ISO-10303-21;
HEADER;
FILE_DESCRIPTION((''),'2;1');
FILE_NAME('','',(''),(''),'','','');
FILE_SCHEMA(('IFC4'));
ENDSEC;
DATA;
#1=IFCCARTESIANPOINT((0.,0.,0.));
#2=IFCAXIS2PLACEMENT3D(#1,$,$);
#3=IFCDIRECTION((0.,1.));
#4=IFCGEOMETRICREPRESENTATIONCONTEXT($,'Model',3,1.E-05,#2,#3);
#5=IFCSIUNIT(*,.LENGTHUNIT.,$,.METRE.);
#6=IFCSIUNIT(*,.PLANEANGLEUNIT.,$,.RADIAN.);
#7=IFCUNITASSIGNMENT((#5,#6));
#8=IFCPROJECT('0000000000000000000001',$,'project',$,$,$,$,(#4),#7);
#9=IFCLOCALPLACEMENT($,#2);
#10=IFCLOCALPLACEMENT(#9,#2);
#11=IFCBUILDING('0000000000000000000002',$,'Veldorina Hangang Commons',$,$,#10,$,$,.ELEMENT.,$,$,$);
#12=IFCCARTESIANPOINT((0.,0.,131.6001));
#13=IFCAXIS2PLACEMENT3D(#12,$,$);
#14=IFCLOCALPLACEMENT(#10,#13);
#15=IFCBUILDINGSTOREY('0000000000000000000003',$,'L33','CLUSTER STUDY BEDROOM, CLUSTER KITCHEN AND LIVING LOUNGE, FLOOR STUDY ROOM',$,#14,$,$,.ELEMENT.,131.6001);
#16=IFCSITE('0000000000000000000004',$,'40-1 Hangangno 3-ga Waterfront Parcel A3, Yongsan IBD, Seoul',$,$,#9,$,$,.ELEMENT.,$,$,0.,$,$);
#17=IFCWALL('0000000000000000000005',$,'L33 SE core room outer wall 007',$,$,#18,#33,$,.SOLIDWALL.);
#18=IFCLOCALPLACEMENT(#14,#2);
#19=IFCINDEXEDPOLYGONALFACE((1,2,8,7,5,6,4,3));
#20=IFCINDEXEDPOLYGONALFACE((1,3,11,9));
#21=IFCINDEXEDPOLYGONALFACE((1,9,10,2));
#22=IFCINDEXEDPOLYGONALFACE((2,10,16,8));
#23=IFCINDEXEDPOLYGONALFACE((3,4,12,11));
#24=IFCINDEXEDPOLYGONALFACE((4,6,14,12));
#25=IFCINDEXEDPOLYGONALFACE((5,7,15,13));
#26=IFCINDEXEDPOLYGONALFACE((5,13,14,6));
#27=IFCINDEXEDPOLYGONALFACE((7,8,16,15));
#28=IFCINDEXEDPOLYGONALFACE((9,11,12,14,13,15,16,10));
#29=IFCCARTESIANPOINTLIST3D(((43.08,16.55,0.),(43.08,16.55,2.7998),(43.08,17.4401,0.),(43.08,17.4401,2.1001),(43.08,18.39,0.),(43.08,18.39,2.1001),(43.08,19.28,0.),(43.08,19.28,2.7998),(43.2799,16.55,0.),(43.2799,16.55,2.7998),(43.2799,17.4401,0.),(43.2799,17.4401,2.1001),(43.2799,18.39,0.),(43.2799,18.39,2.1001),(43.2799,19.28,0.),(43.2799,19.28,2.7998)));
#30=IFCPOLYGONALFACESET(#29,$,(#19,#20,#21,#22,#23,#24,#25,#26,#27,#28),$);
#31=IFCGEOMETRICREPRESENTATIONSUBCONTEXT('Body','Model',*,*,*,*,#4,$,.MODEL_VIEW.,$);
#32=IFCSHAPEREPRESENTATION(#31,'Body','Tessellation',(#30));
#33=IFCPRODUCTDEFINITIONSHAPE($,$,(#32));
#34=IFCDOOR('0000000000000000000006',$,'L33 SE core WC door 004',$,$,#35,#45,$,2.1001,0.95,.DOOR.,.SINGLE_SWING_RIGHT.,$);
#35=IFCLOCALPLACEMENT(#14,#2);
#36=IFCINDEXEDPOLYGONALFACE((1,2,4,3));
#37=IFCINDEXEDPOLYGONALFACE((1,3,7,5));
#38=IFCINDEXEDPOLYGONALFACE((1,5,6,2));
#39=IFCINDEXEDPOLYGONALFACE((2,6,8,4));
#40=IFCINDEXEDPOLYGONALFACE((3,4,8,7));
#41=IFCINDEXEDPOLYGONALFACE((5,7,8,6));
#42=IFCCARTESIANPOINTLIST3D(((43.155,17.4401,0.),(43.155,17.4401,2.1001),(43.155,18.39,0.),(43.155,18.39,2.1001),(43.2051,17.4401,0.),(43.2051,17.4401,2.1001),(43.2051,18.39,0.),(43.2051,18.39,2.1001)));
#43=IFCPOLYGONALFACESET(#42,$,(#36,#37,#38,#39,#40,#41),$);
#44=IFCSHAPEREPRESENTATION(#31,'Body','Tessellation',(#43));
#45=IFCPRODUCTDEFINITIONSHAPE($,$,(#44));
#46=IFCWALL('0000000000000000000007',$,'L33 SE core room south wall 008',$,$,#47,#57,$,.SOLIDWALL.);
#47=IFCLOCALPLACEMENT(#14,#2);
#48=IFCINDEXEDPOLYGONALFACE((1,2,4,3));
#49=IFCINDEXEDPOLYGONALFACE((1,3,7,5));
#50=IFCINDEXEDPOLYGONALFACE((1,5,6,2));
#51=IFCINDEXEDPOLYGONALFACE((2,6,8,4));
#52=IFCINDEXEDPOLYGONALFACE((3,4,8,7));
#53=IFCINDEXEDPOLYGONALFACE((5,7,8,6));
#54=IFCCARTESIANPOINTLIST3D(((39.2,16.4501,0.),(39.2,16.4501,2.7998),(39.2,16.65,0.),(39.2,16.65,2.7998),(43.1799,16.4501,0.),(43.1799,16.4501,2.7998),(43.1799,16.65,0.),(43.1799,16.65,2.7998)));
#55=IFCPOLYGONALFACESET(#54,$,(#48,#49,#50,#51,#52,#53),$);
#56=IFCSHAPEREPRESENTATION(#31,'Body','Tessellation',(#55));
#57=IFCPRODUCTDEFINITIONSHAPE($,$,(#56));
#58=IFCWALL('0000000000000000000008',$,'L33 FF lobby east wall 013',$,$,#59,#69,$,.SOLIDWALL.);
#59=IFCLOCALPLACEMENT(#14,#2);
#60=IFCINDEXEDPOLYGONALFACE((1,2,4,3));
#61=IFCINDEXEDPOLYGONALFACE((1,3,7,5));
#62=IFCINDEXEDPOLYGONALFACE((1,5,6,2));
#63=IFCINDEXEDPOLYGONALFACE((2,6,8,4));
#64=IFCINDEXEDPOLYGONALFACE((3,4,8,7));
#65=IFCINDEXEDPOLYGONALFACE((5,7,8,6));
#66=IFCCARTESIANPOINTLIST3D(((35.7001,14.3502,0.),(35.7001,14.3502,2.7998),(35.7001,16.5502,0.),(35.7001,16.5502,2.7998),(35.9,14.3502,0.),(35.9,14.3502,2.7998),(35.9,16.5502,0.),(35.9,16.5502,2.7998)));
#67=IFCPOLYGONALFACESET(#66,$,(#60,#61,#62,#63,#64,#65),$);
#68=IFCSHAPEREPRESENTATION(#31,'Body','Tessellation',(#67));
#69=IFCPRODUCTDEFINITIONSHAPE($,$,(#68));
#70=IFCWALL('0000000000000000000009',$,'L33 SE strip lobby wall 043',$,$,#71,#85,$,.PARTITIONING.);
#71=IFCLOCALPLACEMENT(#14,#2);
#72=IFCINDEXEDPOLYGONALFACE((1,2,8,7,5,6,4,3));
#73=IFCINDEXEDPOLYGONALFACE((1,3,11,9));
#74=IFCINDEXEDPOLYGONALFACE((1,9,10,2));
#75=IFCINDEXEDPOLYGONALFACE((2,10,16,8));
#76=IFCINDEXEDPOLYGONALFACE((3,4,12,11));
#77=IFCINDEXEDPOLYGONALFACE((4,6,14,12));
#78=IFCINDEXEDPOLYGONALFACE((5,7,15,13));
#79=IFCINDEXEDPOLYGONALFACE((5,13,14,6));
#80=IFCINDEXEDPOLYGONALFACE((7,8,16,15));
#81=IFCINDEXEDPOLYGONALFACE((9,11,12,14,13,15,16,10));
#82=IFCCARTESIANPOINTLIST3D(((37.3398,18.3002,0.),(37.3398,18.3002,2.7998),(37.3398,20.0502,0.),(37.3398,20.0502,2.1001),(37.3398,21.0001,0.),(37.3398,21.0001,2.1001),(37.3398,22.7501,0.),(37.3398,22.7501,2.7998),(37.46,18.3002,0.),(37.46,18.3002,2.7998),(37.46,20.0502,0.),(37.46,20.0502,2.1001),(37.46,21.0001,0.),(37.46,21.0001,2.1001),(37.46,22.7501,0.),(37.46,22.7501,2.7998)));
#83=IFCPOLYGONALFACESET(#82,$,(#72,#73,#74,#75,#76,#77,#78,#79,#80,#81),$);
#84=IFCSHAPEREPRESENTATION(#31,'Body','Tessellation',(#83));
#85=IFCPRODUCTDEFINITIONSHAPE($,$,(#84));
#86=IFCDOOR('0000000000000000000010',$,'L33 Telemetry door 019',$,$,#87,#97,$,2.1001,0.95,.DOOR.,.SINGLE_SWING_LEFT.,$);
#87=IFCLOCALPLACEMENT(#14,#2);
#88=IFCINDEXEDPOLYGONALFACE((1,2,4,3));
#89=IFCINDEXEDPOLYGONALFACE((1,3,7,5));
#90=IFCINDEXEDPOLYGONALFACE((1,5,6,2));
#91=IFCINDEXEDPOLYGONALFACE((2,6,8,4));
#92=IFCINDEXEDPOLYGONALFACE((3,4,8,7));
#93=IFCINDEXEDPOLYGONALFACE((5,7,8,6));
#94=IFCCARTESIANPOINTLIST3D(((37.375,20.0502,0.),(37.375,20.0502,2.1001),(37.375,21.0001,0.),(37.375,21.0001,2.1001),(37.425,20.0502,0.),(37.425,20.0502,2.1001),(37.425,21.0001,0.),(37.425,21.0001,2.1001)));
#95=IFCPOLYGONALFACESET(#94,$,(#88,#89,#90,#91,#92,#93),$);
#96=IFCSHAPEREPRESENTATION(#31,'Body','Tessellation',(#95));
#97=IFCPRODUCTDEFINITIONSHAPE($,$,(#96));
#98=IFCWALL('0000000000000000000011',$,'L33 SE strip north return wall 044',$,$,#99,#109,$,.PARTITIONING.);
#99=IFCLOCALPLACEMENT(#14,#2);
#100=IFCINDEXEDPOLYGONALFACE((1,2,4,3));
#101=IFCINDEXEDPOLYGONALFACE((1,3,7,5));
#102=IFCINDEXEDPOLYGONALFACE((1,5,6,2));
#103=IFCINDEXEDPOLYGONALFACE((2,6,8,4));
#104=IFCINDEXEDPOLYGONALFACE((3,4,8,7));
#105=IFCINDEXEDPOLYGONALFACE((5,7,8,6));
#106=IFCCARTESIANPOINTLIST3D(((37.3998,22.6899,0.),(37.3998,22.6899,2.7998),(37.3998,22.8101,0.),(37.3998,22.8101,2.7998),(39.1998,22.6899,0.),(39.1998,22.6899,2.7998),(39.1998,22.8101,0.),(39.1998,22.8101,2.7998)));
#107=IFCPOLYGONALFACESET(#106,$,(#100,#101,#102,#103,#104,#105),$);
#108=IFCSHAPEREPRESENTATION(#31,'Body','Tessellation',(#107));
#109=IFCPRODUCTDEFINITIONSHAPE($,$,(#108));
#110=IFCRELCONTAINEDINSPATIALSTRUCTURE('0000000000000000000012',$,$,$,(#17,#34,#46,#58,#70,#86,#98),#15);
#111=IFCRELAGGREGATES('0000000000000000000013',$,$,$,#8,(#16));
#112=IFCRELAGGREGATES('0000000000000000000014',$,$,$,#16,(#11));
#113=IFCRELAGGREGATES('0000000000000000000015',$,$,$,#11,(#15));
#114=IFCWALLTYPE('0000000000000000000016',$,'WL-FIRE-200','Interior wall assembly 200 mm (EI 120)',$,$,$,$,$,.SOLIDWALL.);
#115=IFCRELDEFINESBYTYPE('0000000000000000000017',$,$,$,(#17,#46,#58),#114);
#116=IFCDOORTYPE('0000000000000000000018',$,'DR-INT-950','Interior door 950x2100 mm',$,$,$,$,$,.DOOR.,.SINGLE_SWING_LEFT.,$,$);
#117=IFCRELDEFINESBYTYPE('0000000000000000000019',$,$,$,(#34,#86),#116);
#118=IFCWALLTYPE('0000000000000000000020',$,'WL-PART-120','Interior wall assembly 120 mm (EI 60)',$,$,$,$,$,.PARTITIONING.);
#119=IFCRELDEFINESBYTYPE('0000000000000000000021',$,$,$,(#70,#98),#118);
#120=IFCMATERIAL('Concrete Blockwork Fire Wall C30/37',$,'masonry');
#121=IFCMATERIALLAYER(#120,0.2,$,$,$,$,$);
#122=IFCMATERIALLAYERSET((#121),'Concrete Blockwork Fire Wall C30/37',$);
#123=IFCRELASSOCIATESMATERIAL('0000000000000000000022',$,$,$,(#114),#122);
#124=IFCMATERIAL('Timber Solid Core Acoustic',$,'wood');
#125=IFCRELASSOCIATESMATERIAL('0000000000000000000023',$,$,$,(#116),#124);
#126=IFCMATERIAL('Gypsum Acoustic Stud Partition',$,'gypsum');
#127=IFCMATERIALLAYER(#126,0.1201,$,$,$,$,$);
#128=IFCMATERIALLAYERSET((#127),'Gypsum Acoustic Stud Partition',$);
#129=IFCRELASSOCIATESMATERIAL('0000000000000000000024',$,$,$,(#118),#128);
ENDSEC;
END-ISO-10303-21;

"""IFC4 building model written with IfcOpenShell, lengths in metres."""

from ifc_helpers import new_model, si_unit, direction, frame, frame_2d, origin, place, context, subcontext, project, spatial, rectangle, extrude, material, layer, layer_set, type_object, element, fill, save


model = new_model("IFC4")

# Units and contexts
model_context = context("Model", 3, precision=1e-05, world=origin(), true_north=direction((0.0, 1.0)))
body_context = subcontext(model_context, "Body", "Model", "MODEL_VIEW")
ifc_project = project(units=[si_unit("LENGTHUNIT", "METRE"), si_unit("PLANEANGLEUNIT", "RADIAN")], contexts=[model_context])

# Site, building, storey
site_placement = place(None, origin())
site = spatial("IfcSite", under=ifc_project, at=site_placement, Name="40-1 Hangangno 3-ga Waterfront Parcel A3, Yongsan IBD, Seoul", CompositionType="ELEMENT", RefElevation=0.0)
building_placement = place(site_placement, origin())
building = spatial("IfcBuilding", under=site, at=building_placement, Name="Veldorina Hangang Commons", CompositionType="ELEMENT")
storey_placement = place(building_placement, frame((0.0, 0.0, 131.6001)))
storey = spatial("IfcBuildingStorey", under=building, at=storey_placement, Name="L33", Description="CLUSTER STUDY BEDROOM, CLUSTER KITCHEN AND LIVING LOUNGE, FLOOR STUDY ROOM", CompositionType="ELEMENT", Elevation=131.6001)

# Wall, opening, door
ifc_material_1 = material(Name="Concrete Blockwork Fire Wall C30/37", Category="masonry")
ifc_layer_1 = layer(ifc_material_1, 0.2)
ifc_layer_set_1 = layer_set([ifc_layer_1], Name="Concrete Blockwork Fire Wall C30/37")
wall_type_1 = type_object("IfcWallType", Name="WL-FIRE-200", Description="Interior wall assembly 200 mm (EI 120)", PredefinedType="SOLIDWALL", material=ifc_layer_set_1)
wall_1_placement = place(storey_placement, frame((43.1799, 16.55, 0.0), z_axis=(0.0, 0.0, 1.0), x_axis=(0.0, 1.0, 0.0)))
wall_1 = element("IfcWall", 1, at=wall_1_placement, inside=storey, type_object=wall_type_1, Name="L33 SE core room outer wall 007", PredefinedType="SOLIDWALL", context=body_context, shape_type="SweptSolid", body=[
    extrude(rectangle(XDim=2.73, YDim=0.2, at=frame_2d((1.365, 0.0))), origin(), (0.0, 0.0, 1.0), 2.7998),
])
opening_1_placement = place(wall_1_placement, frame((0.8899, 0.0, 0.0)))
opening_1 = element("IfcOpeningElement", 2, at=opening_1_placement, cuts=wall_1, PredefinedType="OPENING", context=body_context, shape_type="SweptSolid", body=[
    extrude(rectangle(XDim=0.95, YDim=2.1001, at=frame_2d((0.4751, 1.05))), frame((0.0, 0.1099, 0.0), z_axis=(0.0, -1.0, 0.0), x_axis=(1.0, 0.0, 0.0)), (0.0, 0.0, 1.0), 0.22),
])
ifc_material_2 = material(Name="Timber Solid Core Acoustic", Category="wood")
door_type_1 = type_object("IfcDoorType", Name="DR-INT-950", Description="Interior door 950x2100 mm", OperationType="SINGLE_SWING_LEFT", PredefinedType="DOOR", material=ifc_material_2)
door_1_placement = place(opening_1_placement, origin())
door_1 = element("IfcDoor", 3, at=door_1_placement, inside=storey, type_object=door_type_1, Name="L33 SE core WC door 004", OperationType="SINGLE_SWING_RIGHT", OverallHeight=2.1001, OverallWidth=0.95, PredefinedType="DOOR", context=body_context, shape_type="SweptSolid", body=[
    extrude(rectangle(XDim=0.95, YDim=2.1001, at=frame_2d((0.4751, 1.05))), frame((0.0, 0.0249, 0.0), z_axis=(0.0, -1.0, 0.0), x_axis=(1.0, 0.0, 0.0)), (0.0, 0.0, 1.0), 0.05),
])
fill(opening_1, door_1)

# Walls
wall_2_placement = place(storey_placement, frame((39.2, 16.55, 0.0), z_axis=(0.0, 0.0, 1.0), x_axis=(1.0, 0.0, 0.0)))
element("IfcWall", 4, at=wall_2_placement, inside=storey, type_object=wall_type_1, Name="L33 SE core room south wall 008", PredefinedType="SOLIDWALL", context=body_context, shape_type="SweptSolid", body=[
    extrude(rectangle(XDim=3.98, YDim=0.2, at=frame_2d((1.99, 0.0))), origin(), (0.0, 0.0, 1.0), 2.7998),
])
wall_3_placement = place(storey_placement, frame((35.8, 14.3501, 0.0), z_axis=(0.0, 0.0, 1.0), x_axis=(0.0, 1.0, 0.0)))
element("IfcWall", 5, at=wall_3_placement, inside=storey, type_object=wall_type_1, Name="L33 FF lobby east wall 013", PredefinedType="SOLIDWALL", context=body_context, shape_type="SweptSolid", body=[
    extrude(rectangle(XDim=2.2, YDim=0.2, at=frame_2d((1.1001, 0.0))), origin(), (0.0, 0.0, 1.0), 2.7998),
])

# Wall, opening, door
ifc_material_3 = material(Name="Gypsum Acoustic Stud Partition", Category="gypsum")
ifc_layer_2 = layer(ifc_material_3, 0.1201)
ifc_layer_set_2 = layer_set([ifc_layer_2], Name="Gypsum Acoustic Stud Partition")
wall_type_2 = type_object("IfcWallType", Name="WL-PART-120", Description="Interior wall assembly 120 mm (EI 60)", PredefinedType="PARTITIONING", material=ifc_layer_set_2)
wall_4_placement = place(storey_placement, frame((37.3999, 18.3, 0.0), z_axis=(0.0, 0.0, 1.0), x_axis=(0.0, 1.0, 0.0)))
wall_4 = element("IfcWall", 6, at=wall_4_placement, inside=storey, type_object=wall_type_2, Name="L33 SE strip lobby wall 043", PredefinedType="PARTITIONING", context=body_context, shape_type="SweptSolid", body=[
    extrude(rectangle(XDim=4.45, YDim=0.1201, at=frame_2d((2.2251, 0.0))), origin(), (0.0, 0.0, 1.0), 2.7998),
])
opening_2_placement = place(wall_4_placement, frame((1.75, 0.0, 0.0)))
opening_2 = element("IfcOpeningElement", 7, at=opening_2_placement, cuts=wall_4, PredefinedType="OPENING", context=body_context, shape_type="SweptSolid", body=[
    extrude(rectangle(XDim=0.95, YDim=2.1001, at=frame_2d((0.4751, 1.05))), frame((0.0, 0.0701, 0.0), z_axis=(0.0, -1.0, 0.0), x_axis=(1.0, 0.0, 0.0)), (0.0, 0.0, 1.0), 0.1401),
])
door_2_placement = place(opening_2_placement, origin())
door_2 = element("IfcDoor", 8, at=door_2_placement, inside=storey, type_object=door_type_1, Name="L33 Telemetry door 019", OperationType="SINGLE_SWING_LEFT", OverallHeight=2.1001, OverallWidth=0.95, PredefinedType="DOOR", context=body_context, shape_type="SweptSolid", body=[
    extrude(rectangle(XDim=0.95, YDim=2.1001, at=frame_2d((0.4751, 1.05))), frame((0.0, 0.0249, 0.0), z_axis=(0.0, -1.0, 0.0), x_axis=(1.0, 0.0, 0.0)), (0.0, 0.0, 1.0), 0.05),
])
fill(opening_2, door_2)

# Wall
wall_5_placement = place(storey_placement, frame((37.3999, 22.75, 0.0), z_axis=(0.0, 0.0, 1.0), x_axis=(1.0, 0.0, 0.0)))
element("IfcWall", 9, at=wall_5_placement, inside=storey, type_object=wall_type_2, Name="L33 SE strip north return wall 044", PredefinedType="PARTITIONING", context=body_context, shape_type="SweptSolid", body=[
    extrude(rectangle(XDim=1.8, YDim=0.1201, at=frame_2d((0.8999, 0.0))), origin(), (0.0, 0.0, 1.0), 2.7998),
])

save(model, "model.ifc")
